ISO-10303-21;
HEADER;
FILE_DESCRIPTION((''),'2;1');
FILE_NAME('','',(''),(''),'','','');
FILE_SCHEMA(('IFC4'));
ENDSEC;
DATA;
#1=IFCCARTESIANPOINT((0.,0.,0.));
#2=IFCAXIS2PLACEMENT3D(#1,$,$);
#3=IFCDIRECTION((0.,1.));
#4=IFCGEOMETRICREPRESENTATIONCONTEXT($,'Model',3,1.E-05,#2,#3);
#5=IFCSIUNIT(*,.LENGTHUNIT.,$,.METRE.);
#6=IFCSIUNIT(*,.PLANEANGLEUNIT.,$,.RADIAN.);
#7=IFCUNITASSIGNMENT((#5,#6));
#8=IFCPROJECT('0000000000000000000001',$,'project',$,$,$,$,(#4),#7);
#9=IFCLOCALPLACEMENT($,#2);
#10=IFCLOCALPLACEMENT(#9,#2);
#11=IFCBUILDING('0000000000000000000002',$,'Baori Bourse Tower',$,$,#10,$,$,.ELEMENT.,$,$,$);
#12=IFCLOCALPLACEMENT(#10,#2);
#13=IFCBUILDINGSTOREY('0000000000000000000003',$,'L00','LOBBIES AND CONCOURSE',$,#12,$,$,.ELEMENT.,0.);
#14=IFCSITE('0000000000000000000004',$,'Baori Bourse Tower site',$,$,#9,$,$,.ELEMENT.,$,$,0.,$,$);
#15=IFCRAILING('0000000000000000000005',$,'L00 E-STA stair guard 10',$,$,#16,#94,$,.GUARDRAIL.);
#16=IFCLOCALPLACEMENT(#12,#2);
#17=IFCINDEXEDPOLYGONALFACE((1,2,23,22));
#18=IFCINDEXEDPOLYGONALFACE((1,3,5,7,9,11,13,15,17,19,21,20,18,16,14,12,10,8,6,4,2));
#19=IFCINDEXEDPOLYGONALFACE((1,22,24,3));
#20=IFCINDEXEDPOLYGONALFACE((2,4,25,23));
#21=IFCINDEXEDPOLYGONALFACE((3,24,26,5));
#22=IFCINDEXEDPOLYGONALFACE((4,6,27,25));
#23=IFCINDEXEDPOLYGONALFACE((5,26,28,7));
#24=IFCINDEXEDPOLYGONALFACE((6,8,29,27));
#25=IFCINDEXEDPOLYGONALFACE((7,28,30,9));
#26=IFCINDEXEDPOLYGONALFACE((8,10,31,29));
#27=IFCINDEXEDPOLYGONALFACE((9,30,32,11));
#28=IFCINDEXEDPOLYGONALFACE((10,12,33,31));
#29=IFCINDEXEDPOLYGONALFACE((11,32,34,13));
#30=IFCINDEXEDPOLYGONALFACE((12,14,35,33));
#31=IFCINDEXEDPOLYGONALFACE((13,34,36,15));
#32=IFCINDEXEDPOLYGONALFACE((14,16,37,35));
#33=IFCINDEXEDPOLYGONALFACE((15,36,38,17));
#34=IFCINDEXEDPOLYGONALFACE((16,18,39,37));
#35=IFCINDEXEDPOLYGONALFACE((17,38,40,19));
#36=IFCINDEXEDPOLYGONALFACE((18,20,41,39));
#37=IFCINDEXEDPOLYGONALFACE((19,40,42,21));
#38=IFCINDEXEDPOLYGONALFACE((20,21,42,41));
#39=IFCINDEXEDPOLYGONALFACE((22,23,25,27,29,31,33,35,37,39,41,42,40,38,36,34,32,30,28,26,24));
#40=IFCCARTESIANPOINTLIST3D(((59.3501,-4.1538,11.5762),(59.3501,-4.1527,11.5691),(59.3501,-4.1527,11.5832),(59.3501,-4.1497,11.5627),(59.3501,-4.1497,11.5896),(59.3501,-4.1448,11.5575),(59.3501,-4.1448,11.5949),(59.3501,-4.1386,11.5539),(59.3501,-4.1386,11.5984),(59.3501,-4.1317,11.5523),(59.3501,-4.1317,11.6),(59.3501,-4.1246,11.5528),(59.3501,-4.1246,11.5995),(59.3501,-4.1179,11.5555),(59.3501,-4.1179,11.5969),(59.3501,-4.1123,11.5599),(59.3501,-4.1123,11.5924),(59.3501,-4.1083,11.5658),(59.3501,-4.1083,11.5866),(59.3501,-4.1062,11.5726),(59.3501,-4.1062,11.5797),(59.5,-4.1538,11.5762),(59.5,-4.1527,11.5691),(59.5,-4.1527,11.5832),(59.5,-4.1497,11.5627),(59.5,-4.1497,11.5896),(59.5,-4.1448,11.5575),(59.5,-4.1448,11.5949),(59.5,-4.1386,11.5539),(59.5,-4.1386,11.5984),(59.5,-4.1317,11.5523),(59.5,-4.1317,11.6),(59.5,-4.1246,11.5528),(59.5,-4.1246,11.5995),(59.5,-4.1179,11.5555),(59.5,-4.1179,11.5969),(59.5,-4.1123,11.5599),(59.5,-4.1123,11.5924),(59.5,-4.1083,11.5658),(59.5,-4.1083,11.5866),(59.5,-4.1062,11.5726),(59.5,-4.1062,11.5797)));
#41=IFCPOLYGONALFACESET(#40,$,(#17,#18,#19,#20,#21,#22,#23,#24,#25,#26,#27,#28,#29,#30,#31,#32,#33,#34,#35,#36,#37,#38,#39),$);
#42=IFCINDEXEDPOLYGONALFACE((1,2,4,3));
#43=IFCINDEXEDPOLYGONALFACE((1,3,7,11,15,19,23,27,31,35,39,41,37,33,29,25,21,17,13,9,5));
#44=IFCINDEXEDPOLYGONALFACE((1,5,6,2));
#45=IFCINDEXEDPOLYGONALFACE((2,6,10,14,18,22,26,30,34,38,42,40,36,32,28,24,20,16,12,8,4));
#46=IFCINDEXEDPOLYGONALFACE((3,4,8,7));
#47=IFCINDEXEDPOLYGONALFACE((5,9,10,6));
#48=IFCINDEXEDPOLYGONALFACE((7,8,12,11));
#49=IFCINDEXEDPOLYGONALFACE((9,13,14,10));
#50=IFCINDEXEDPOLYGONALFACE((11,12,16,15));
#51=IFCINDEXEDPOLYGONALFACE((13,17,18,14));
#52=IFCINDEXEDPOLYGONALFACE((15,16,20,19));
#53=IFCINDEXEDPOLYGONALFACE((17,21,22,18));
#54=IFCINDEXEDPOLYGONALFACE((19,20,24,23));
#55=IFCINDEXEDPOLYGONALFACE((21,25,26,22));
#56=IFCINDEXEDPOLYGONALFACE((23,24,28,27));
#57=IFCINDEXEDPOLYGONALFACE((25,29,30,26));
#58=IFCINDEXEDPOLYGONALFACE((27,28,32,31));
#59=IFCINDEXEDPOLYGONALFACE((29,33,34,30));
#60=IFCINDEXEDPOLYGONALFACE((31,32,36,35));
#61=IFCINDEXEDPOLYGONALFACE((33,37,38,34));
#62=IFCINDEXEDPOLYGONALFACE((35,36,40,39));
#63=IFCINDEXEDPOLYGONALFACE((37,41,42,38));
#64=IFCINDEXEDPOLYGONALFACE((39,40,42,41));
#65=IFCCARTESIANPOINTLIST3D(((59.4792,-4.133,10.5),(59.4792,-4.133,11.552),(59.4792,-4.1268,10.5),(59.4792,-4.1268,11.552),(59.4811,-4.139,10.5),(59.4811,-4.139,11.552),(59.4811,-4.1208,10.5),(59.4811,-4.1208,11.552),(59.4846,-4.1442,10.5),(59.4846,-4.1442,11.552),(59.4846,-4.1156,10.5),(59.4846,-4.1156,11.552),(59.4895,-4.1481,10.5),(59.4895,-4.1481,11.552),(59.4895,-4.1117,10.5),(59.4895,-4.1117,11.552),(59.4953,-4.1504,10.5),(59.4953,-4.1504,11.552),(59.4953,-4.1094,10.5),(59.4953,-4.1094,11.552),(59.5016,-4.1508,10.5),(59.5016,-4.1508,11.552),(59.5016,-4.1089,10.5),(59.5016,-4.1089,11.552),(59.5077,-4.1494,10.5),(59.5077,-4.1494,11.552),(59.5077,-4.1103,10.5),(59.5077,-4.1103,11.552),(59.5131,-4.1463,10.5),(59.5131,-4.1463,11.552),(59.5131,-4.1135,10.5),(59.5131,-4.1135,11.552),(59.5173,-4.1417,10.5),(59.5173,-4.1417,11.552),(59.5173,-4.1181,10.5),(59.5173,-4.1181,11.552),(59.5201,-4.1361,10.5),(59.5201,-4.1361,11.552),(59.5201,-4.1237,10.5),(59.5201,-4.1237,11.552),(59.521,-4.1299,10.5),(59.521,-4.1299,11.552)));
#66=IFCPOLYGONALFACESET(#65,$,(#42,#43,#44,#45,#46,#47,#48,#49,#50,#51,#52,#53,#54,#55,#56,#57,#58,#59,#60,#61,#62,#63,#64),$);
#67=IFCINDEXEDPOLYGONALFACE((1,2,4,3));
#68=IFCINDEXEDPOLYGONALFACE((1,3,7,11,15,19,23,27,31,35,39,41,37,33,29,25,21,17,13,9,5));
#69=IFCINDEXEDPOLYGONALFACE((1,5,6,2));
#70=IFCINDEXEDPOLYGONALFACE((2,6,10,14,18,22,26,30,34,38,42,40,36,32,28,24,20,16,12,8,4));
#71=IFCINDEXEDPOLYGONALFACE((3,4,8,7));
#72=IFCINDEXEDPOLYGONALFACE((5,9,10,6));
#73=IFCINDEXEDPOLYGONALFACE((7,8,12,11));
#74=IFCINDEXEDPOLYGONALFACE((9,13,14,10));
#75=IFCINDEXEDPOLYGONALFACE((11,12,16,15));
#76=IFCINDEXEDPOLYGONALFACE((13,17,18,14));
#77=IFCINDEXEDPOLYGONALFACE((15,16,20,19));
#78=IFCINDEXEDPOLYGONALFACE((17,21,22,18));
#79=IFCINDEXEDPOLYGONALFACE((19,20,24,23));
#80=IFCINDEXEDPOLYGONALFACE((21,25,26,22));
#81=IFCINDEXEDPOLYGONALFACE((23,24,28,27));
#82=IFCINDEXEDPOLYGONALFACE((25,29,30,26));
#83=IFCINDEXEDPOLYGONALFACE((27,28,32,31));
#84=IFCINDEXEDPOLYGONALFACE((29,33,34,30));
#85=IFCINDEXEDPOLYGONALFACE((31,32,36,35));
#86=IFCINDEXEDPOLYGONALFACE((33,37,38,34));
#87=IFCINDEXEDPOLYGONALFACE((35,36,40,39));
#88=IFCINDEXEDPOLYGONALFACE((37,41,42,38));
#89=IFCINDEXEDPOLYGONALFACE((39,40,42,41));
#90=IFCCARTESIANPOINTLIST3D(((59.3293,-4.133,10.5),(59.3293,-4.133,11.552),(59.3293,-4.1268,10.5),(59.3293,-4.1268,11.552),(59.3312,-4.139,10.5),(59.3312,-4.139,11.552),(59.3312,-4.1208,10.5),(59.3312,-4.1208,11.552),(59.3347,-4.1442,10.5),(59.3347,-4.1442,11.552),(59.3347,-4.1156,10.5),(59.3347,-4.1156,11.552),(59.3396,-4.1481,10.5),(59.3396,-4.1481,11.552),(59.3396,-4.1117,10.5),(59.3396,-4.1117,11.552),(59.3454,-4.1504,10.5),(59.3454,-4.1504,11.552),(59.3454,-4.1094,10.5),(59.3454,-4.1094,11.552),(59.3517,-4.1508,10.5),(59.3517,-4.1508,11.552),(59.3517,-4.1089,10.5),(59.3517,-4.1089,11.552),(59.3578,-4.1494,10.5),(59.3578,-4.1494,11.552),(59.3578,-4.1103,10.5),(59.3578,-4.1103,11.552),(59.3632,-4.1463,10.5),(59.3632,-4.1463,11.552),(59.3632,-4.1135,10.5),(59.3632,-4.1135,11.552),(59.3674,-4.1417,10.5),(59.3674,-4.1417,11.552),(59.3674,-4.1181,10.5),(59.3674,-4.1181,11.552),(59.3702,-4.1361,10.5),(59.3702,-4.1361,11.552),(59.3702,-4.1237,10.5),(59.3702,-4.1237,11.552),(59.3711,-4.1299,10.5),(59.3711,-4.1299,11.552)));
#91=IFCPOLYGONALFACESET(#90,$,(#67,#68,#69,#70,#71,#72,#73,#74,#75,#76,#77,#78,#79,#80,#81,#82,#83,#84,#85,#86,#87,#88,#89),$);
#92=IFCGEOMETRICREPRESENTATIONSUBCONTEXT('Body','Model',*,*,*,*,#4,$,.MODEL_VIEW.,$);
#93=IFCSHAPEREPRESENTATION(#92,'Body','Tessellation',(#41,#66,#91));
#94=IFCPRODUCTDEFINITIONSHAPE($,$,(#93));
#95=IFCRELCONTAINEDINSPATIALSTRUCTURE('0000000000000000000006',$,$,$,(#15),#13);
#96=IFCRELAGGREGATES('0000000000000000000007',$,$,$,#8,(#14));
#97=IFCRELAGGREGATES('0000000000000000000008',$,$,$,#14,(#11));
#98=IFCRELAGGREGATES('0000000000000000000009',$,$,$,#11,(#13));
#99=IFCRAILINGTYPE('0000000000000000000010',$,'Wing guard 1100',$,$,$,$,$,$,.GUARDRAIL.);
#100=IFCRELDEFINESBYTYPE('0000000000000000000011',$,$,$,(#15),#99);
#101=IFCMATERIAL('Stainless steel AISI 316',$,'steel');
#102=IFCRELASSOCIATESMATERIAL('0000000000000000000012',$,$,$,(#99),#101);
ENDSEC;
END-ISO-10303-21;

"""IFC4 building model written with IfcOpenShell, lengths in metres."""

from ifc_helpers import new_model, si_unit, direction, frame, origin, origin_2d, place, context, subcontext, project, spatial, circle, extrude, material, type_object, element, save


model = new_model("IFC4")

# Units and contexts
model_context = context("Model", 3, precision=1e-05, world=origin(), true_north=direction((0.0, 1.0)))
body_context = subcontext(model_context, "Body", "Model", "MODEL_VIEW")
ifc_project = project(units=[si_unit("LENGTHUNIT", "METRE"), si_unit("PLANEANGLEUNIT", "RADIAN")], contexts=[model_context])

# Site, building, storey
site_placement = place(None, origin())
site = spatial("IfcSite", under=ifc_project, at=site_placement, Name="Baori Bourse Tower site", CompositionType="ELEMENT", RefElevation=0.0)
building_placement = place(site_placement, origin())
building = spatial("IfcBuilding", under=site, at=building_placement, Name="Baori Bourse Tower", CompositionType="ELEMENT")
storey_placement = place(building_placement, origin())
storey = spatial("IfcBuildingStorey", under=building, at=storey_placement, Name="L00", Description="LOBBIES AND CONCOURSE", CompositionType="ELEMENT", Elevation=0.0)

# Railing
ifc_material_1 = material(Name="Stainless steel AISI 316", Category="steel")
railing_type_1 = type_object("IfcRailingType", Name="Wing guard 1100", PredefinedType="GUARDRAIL", material=ifc_material_1)
railing_1_placement = place(storey_placement, frame((59.5, -4.1299, 10.5)))
element("IfcRailing", 1, at=railing_1_placement, inside=storey, type_object=railing_type_1, Name="L00 E-STA stair guard 10", PredefinedType="GUARDRAIL", context=body_context, shape_type="SweptSolid", body=[
    extrude(circle(Radius=0.0239, at=origin_2d()), frame((0.0, 0.0, 1.0762), z_axis=(-1.0, 0.0, 0.0), x_axis=(0.0, -1.0, 0.0)), (0.0, 0.0, 1.0), 0.1499),
    extrude(circle(Radius=0.021, at=origin_2d()), origin(), (0.0, 0.0, 1.0), 1.052),
    extrude(circle(Radius=0.021, at=origin_2d()), frame((-0.1499, 0.0, 0.0)), (0.0, 0.0, 1.0), 1.052),
])

save(model, "model.ifc")
